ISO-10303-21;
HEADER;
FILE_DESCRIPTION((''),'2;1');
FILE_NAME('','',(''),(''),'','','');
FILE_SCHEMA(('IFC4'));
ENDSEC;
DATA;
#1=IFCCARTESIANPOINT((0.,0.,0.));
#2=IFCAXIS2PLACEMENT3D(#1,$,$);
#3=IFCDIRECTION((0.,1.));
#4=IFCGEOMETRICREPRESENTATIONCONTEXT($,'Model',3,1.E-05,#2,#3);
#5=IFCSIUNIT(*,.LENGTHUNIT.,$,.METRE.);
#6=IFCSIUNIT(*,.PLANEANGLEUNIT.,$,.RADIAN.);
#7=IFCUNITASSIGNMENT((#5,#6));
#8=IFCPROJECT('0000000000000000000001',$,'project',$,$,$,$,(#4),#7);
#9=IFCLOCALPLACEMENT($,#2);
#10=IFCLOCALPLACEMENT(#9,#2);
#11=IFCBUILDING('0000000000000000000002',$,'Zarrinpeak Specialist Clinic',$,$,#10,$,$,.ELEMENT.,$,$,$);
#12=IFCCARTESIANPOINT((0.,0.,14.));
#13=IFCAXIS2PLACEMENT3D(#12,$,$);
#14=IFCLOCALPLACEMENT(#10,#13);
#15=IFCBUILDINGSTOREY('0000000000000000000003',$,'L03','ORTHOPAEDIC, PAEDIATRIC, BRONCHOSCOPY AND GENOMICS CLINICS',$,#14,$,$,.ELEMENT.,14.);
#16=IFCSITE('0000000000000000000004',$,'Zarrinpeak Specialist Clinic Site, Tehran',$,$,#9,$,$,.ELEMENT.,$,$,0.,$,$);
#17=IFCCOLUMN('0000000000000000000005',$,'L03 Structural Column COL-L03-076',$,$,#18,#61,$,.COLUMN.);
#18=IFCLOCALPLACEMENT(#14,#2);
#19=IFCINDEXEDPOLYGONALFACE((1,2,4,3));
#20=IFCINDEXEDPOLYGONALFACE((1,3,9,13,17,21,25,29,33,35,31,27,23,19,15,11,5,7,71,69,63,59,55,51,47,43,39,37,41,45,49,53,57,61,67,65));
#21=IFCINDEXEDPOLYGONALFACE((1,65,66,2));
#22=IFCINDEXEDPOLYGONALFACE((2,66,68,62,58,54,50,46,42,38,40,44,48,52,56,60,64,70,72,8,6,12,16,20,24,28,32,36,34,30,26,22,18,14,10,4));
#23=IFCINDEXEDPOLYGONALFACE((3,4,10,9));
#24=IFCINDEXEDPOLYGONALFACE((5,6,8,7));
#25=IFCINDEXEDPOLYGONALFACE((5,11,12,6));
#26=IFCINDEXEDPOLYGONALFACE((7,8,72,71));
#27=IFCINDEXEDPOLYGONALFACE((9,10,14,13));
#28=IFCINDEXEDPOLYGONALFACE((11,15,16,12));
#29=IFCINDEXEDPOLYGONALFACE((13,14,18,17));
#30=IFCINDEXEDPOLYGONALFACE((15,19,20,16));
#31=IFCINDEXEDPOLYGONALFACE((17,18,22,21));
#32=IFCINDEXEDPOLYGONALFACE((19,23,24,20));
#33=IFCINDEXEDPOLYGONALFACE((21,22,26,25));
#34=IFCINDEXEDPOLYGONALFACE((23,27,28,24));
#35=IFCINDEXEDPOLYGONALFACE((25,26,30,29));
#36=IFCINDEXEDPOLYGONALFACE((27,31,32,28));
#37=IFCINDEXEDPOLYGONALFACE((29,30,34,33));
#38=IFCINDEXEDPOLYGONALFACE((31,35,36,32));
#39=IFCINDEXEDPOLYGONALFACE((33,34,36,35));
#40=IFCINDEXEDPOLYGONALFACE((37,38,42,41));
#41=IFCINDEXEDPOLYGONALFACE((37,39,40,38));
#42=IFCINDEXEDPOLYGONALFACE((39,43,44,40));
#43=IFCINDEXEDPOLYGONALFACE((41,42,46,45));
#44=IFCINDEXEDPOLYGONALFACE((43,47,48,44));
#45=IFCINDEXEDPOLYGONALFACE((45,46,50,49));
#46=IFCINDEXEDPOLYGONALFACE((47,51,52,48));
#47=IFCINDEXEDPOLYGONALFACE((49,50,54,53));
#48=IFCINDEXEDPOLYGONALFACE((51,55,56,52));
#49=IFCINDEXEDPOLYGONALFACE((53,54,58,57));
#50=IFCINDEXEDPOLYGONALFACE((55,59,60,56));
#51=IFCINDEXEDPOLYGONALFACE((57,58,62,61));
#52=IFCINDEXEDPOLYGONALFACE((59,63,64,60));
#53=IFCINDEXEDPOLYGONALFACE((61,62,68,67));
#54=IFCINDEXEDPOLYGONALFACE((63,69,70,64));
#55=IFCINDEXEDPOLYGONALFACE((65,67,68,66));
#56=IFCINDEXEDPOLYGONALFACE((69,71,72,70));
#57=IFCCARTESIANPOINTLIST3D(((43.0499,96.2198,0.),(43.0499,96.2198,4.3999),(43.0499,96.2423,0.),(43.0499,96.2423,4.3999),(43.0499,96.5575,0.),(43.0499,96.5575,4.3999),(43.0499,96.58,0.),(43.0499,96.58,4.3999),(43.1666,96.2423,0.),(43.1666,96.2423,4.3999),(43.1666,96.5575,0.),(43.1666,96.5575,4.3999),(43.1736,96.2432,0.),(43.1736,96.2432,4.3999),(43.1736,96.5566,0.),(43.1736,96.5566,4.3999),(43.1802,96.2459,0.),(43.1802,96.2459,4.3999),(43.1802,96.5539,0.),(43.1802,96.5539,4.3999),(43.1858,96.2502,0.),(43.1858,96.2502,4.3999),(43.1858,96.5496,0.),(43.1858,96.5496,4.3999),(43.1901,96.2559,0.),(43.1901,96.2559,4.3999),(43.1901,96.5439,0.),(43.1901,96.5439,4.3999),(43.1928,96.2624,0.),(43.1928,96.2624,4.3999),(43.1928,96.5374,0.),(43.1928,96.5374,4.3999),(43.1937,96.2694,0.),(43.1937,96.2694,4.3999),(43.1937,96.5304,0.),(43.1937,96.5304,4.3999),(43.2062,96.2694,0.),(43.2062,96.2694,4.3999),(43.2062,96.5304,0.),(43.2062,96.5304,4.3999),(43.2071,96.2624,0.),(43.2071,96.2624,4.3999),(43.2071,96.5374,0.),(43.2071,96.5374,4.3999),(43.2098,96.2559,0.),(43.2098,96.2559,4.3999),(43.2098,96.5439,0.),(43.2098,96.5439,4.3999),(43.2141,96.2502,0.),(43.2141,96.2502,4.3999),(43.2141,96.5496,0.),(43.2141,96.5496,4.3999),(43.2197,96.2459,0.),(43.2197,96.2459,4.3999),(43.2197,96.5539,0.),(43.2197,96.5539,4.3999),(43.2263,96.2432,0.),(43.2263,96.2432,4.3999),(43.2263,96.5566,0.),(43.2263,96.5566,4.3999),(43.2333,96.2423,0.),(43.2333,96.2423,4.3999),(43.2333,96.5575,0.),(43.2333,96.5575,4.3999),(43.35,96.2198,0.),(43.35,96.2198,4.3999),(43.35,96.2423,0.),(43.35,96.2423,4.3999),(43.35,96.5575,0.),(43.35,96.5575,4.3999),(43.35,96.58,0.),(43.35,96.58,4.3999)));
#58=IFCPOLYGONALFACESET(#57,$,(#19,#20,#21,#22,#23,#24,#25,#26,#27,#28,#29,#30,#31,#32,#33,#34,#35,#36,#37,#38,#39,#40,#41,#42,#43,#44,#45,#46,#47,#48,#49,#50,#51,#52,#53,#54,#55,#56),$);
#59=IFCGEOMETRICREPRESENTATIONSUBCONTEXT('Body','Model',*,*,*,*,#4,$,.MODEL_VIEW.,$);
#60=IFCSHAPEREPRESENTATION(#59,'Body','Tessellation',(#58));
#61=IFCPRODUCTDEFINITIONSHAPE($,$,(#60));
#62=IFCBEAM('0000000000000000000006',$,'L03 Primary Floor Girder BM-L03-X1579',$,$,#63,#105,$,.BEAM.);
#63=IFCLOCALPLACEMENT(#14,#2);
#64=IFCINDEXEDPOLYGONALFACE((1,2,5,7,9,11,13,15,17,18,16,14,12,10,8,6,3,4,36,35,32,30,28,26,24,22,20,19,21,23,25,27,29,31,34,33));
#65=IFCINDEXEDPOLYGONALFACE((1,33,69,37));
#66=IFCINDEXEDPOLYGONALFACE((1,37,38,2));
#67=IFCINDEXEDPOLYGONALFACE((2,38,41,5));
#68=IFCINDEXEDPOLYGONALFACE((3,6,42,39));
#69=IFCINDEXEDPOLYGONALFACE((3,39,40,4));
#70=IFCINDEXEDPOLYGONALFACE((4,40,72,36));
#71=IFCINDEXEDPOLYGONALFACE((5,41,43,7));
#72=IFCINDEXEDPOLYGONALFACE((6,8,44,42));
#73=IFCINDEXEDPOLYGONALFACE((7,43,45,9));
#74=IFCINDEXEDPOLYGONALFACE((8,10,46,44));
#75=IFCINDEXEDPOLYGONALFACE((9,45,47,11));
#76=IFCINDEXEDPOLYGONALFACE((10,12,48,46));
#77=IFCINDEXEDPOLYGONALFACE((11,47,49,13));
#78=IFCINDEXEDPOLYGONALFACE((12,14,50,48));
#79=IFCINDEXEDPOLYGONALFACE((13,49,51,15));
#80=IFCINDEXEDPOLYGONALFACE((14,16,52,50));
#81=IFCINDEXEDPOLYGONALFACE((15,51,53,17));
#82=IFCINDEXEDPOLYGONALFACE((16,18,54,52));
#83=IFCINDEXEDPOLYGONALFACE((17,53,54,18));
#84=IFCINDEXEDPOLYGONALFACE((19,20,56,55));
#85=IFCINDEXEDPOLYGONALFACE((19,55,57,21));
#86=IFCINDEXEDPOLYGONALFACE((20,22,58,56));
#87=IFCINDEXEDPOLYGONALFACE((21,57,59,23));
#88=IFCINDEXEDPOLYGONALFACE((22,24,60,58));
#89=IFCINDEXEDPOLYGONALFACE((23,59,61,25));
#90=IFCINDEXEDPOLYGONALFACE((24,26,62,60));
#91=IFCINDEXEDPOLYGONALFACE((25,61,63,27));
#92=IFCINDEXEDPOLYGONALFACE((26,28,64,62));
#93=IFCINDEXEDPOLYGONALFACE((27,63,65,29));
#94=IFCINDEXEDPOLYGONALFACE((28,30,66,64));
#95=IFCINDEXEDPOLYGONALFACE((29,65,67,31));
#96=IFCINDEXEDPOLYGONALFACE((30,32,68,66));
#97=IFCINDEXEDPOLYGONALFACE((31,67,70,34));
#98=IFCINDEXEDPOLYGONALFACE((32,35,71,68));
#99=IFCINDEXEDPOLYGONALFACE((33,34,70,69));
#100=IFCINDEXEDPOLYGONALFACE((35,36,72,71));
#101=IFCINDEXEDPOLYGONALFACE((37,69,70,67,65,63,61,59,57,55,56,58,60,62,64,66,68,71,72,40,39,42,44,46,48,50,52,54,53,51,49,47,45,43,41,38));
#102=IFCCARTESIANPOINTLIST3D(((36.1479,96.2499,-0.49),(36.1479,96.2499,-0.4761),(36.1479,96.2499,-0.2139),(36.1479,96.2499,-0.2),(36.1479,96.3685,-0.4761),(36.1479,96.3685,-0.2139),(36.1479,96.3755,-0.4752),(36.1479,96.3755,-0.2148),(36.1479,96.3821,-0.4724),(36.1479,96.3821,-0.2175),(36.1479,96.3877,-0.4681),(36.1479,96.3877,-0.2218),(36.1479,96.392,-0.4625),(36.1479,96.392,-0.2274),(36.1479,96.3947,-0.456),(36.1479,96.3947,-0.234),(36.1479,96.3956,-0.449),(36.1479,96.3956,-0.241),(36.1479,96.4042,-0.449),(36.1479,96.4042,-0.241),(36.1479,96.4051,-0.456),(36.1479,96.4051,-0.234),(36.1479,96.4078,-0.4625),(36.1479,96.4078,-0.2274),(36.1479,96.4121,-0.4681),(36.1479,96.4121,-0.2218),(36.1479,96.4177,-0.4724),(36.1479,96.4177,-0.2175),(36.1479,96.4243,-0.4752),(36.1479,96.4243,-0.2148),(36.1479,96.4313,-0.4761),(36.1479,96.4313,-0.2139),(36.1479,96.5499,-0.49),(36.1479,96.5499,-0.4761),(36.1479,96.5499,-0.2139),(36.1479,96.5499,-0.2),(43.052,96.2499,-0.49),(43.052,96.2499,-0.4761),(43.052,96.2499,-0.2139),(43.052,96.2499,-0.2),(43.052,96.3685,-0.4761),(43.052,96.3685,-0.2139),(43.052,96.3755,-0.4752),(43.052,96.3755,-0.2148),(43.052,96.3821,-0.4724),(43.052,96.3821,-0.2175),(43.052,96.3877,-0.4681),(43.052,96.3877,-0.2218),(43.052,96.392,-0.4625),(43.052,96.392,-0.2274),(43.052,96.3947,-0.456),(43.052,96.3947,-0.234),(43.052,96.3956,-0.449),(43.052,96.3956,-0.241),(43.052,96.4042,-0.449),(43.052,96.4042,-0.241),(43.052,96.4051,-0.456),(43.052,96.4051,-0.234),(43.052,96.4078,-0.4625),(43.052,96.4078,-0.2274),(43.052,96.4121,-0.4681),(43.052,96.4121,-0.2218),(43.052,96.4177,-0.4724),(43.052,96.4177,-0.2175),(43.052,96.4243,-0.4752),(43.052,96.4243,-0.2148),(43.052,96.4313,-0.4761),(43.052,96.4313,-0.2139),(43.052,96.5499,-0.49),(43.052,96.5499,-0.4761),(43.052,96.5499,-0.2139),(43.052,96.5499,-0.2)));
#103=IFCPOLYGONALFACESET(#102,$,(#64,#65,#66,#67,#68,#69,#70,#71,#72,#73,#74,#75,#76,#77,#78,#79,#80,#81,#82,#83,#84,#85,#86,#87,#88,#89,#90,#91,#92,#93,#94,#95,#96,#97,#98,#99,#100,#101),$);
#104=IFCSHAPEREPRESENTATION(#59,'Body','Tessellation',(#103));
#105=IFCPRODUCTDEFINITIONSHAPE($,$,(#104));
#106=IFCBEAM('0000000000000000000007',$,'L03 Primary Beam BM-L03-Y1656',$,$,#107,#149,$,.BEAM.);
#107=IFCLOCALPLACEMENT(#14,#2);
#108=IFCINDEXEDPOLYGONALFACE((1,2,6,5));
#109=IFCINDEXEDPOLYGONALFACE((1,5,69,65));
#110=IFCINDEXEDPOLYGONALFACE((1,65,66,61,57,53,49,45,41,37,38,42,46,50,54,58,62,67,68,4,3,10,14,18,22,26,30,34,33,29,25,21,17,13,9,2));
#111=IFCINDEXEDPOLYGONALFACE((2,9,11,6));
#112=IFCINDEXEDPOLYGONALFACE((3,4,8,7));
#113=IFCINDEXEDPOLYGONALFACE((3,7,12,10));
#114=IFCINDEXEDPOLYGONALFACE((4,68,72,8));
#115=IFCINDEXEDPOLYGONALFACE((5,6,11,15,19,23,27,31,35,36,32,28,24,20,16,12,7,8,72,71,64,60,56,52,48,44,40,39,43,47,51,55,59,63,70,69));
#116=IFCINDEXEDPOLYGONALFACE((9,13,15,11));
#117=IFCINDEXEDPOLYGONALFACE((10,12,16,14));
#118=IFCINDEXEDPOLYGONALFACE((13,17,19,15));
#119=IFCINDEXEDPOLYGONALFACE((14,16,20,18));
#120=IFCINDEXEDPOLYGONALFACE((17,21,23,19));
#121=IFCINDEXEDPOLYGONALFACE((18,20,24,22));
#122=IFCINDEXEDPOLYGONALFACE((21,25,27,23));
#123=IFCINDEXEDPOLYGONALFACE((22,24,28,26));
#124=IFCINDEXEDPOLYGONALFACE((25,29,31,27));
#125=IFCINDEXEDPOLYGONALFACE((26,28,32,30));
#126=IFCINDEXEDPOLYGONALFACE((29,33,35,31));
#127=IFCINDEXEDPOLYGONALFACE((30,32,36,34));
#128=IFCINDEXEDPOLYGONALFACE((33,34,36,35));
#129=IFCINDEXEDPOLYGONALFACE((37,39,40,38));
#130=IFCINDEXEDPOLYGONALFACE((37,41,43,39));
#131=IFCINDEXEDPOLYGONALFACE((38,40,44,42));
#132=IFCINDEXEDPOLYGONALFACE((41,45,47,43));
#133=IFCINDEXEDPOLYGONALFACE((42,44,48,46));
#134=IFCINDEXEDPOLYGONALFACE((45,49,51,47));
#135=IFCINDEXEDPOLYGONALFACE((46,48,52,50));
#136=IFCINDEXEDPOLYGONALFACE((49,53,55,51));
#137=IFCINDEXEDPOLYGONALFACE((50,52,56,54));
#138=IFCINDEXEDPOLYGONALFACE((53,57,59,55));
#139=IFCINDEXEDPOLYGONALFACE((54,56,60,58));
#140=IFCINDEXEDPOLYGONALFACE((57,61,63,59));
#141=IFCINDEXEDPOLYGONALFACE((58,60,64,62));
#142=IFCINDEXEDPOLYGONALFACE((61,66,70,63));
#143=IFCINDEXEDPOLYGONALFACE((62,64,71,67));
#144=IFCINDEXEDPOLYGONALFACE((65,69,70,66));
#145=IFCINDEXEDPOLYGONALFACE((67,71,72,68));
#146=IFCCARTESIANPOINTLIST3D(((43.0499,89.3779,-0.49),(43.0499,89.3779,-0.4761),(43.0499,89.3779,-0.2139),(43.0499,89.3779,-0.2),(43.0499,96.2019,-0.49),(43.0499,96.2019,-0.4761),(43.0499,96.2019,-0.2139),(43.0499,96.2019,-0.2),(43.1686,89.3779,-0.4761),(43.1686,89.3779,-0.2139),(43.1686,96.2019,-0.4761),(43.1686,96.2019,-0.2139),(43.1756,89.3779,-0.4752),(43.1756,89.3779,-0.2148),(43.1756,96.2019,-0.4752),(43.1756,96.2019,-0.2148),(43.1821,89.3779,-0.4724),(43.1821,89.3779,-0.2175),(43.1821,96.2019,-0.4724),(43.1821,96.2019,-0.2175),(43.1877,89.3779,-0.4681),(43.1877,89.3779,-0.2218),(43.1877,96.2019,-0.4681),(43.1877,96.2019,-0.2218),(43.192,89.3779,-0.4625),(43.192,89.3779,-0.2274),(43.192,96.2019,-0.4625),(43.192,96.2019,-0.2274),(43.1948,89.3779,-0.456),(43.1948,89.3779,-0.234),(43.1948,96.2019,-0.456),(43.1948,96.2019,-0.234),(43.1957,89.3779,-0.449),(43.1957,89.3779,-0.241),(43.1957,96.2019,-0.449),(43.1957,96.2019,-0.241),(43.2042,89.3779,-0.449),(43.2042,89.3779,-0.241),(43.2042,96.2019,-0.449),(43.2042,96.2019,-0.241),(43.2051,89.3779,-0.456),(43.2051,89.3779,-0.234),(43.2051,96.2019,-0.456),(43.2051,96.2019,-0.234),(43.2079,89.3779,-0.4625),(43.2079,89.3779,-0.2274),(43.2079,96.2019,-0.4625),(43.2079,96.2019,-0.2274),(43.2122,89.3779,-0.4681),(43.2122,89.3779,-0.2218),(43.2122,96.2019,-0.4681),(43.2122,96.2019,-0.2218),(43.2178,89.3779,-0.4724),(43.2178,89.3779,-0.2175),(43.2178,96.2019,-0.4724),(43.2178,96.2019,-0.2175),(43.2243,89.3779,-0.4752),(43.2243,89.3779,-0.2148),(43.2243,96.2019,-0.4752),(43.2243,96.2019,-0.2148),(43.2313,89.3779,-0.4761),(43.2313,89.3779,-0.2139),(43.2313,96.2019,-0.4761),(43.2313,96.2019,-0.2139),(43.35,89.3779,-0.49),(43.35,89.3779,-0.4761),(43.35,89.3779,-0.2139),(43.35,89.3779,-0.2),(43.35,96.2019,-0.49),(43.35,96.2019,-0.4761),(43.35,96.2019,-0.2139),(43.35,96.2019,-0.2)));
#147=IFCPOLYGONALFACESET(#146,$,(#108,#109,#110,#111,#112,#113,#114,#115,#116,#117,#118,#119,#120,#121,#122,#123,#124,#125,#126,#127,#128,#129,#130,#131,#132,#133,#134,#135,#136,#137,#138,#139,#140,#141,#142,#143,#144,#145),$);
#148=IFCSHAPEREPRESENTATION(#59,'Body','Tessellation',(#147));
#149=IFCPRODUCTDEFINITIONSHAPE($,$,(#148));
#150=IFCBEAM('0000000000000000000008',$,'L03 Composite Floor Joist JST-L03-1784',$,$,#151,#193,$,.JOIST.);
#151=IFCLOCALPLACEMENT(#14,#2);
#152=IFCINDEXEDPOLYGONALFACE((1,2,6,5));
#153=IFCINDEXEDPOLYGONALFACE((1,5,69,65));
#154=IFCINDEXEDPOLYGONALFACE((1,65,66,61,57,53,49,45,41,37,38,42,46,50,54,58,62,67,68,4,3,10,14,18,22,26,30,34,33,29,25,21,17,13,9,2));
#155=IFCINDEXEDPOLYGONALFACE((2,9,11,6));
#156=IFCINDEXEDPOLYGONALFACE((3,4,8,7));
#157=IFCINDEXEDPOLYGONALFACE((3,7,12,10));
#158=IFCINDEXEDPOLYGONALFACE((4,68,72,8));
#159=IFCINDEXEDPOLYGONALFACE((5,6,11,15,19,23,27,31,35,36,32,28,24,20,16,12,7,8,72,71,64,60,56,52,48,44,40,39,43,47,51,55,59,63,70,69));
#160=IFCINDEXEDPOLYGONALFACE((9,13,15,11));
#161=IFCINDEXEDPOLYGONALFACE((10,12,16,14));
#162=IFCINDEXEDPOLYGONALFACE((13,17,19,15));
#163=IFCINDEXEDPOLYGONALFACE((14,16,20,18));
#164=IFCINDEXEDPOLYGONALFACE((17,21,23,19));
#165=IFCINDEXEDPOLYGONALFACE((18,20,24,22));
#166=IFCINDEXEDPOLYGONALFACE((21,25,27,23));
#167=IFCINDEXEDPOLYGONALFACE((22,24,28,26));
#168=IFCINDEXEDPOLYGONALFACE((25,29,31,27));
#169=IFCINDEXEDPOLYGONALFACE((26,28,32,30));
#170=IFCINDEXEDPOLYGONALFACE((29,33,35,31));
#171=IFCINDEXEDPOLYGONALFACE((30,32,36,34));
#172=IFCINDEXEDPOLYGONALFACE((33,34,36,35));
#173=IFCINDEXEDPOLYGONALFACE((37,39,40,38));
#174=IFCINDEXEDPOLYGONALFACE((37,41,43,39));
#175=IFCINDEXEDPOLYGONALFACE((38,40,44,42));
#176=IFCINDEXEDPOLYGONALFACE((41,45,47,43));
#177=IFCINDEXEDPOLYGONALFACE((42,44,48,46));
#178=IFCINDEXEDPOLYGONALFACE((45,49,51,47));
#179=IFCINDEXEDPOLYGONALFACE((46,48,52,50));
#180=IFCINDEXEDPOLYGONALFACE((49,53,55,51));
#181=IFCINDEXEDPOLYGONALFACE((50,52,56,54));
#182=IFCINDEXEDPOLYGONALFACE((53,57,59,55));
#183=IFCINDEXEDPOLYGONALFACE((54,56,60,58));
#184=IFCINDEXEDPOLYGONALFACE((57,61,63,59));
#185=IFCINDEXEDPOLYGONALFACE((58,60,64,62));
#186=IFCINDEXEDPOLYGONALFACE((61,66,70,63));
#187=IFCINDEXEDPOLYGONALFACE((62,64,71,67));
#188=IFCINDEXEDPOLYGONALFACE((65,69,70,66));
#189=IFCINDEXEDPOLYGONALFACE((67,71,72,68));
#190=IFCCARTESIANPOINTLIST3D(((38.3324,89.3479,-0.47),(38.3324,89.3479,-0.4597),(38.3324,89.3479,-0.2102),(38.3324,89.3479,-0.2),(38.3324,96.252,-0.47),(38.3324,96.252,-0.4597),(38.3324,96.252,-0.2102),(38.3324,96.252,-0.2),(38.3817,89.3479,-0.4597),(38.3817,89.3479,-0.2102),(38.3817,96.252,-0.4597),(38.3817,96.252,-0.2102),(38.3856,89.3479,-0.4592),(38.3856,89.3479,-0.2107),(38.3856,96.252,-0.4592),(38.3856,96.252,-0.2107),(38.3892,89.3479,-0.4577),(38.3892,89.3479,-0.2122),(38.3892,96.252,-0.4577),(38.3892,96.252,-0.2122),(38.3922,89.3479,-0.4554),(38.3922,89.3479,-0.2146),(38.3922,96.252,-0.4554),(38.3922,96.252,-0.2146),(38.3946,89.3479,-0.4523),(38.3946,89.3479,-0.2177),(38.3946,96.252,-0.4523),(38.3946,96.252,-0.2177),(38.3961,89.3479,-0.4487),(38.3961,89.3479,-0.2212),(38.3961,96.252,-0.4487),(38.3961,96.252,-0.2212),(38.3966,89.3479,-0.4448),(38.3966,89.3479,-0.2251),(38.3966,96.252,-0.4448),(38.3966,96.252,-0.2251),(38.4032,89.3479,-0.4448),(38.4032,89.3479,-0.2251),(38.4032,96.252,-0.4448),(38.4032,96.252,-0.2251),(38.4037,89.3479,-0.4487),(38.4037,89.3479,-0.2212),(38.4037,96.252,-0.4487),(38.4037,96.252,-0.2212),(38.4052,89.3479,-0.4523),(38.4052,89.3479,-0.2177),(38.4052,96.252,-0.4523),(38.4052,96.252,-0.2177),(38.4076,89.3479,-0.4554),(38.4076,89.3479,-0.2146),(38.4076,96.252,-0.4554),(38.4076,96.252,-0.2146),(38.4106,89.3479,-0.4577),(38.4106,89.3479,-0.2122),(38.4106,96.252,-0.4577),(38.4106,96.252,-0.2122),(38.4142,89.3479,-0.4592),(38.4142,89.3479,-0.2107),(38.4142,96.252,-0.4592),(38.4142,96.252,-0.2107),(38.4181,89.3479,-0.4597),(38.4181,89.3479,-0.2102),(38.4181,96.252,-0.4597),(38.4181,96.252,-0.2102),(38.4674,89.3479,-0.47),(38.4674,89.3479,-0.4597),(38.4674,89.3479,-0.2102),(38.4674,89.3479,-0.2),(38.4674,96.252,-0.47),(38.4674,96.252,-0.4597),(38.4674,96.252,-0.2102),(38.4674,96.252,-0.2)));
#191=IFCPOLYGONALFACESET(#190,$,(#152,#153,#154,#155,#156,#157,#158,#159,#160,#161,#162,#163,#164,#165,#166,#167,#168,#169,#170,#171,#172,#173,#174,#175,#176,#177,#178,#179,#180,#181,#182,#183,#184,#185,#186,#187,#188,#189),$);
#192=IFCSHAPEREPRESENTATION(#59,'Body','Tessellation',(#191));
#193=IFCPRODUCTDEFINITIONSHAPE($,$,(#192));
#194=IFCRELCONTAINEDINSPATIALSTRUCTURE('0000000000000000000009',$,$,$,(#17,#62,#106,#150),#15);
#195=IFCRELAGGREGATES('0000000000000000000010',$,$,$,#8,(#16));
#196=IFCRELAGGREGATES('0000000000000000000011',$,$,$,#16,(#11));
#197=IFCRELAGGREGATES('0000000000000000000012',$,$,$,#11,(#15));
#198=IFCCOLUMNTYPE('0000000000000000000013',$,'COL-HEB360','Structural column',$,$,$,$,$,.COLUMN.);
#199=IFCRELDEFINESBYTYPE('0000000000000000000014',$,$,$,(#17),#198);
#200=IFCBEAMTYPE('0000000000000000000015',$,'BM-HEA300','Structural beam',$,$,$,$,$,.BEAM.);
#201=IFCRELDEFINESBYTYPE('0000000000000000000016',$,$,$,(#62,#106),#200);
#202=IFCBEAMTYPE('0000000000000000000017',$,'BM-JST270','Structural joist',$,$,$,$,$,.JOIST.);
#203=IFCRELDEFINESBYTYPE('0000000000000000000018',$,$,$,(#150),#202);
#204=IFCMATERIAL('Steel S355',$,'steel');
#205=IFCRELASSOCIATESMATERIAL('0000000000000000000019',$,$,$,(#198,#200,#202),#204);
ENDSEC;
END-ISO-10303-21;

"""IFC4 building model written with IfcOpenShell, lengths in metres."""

from ifc_helpers import new_model, si_unit, direction, frame, origin, origin_2d, place, context, subcontext, project, spatial, i_section, extrude, material, material_profile, profile_set, type_object, element, save


model = new_model("IFC4")

# Units and contexts
model_context = context("Model", 3, precision=1e-05, world=origin(), true_north=direction((0.0, 1.0)))
body_context = subcontext(model_context, "Body", "Model", "MODEL_VIEW")
ifc_project = project(units=[si_unit("LENGTHUNIT", "METRE"), si_unit("PLANEANGLEUNIT", "RADIAN")], contexts=[model_context])

# Site, building, storey
site_placement = place(None, origin())
site = spatial("IfcSite", under=ifc_project, at=site_placement, Name="Zarrinpeak Specialist Clinic Site, Tehran", CompositionType="ELEMENT", RefElevation=0.0)
building_placement = place(site_placement, origin())
building = spatial("IfcBuilding", under=site, at=building_placement, Name="Zarrinpeak Specialist Clinic", CompositionType="ELEMENT")
storey_placement = place(building_placement, frame((0.0, 0.0, 14.0)))
storey = spatial("IfcBuildingStorey", under=building, at=storey_placement, Name="L03", Description="ORTHOPAEDIC, PAEDIATRIC, BRONCHOSCOPY AND GENOMICS CLINICS", CompositionType="ELEMENT", Elevation=14.0)

# Column
ifc_material_1 = material(Name="Steel S355", Category="steel")
ifc_material_profile_1 = material_profile(ifc_material_1, i_section(OverallWidth=0.3, OverallDepth=0.3601, WebThickness=0.0125, FlangeThickness=0.0225, FilletRadius=0.0271, at=origin_2d()), Name="HEB 360")
ifc_profile_set_1 = profile_set([ifc_material_profile_1], Name="Steel S355")
column_type = type_object("IfcColumnType", Name="COL-HEB360", Description="Structural column", PredefinedType="COLUMN", material=ifc_profile_set_1)
column_placement = place(storey_placement, frame((43.2, 96.3999, 0.0), z_axis=(0.0, 0.0, 1.0), x_axis=(1.0, 0.0, 0.0)))
element("IfcColumn", 1, at=column_placement, inside=storey, type_object=column_type, Name="L03 Structural Column COL-L03-076", PredefinedType="COLUMN", context=body_context, shape_type="SweptSolid", body=[
    extrude(i_section(OverallWidth=0.3, OverallDepth=0.3601, WebThickness=0.0125, FlangeThickness=0.0225, FilletRadius=0.0271, at=origin_2d()), origin(), (0.0, 0.0, 1.0), 4.3999),
])

# Beams
ifc_material_profile_2 = material_profile(ifc_material_1, i_section(OverallWidth=0.3, OverallDepth=0.29, WebThickness=0.0085, FlangeThickness=0.0139, FilletRadius=0.0271, at=origin_2d()), Name="HEA 300")
ifc_profile_set_2 = profile_set([ifc_material_profile_2], Name="Steel S355")
beam_type_1 = type_object("IfcBeamType", Name="BM-HEA300", Description="Structural beam", PredefinedType="BEAM", material=ifc_profile_set_2)
beam_1_placement = place(storey_placement, frame((36.1479, 96.3999, -0.345), z_axis=(1.0, 0.0, 0.0), x_axis=(0.0, 1.0, 0.0)))
element("IfcBeam", 2, at=beam_1_placement, inside=storey, type_object=beam_type_1, Name="L03 Primary Floor Girder BM-L03-X1579", PredefinedType="BEAM", context=body_context, shape_type="SweptSolid", body=[
    extrude(i_section(OverallWidth=0.3, OverallDepth=0.29, WebThickness=0.0085, FlangeThickness=0.0139, FilletRadius=0.0271, at=origin_2d()), origin(), (0.0, 0.0, 1.0), 6.9041),
])
beam_2_placement = place(storey_placement, frame((43.2, 89.3779, -0.345), z_axis=(0.0, 1.0, 0.0), x_axis=(-1.0, 0.0, 0.0)))
element("IfcBeam", 3, at=beam_2_placement, inside=storey, type_object=beam_type_1, Name="L03 Primary Beam BM-L03-Y1656", PredefinedType="BEAM", context=body_context, shape_type="SweptSolid", body=[
    extrude(i_section(OverallWidth=0.3, OverallDepth=0.29, WebThickness=0.0085, FlangeThickness=0.0139, FilletRadius=0.0271, at=origin_2d()), origin(), (0.0, 0.0, 1.0), 6.824),
])
ifc_material_profile_3 = material_profile(ifc_material_1, i_section(OverallWidth=0.135, OverallDepth=0.27, WebThickness=0.0066, FlangeThickness=0.0103, FilletRadius=0.0149, at=origin_2d()), Name="IPE 270")
ifc_profile_set_3 = profile_set([ifc_material_profile_3], Name="Steel S355")
beam_type_2 = type_object("IfcBeamType", Name="BM-JST270", Description="Structural joist", PredefinedType="JOIST", material=ifc_profile_set_3)
for number, where, z_axis, x_axis, name in (
    (4, (38.3999, 89.3479, -0.335), (0.0, 1.0, 0.0), (-1.0, 0.0, 0.0), "L03 Composite Floor Joist JST-L03-1784"),
):
    element("IfcBeam", number, at=place(storey_placement, frame(where, z_axis=z_axis, x_axis=x_axis)), inside=storey, type_object=beam_type_2, Name=name, PredefinedType="JOIST", context=body_context, shape_type="SweptSolid", body=[
        extrude(i_section(OverallWidth=0.135, OverallDepth=0.27, WebThickness=0.0066, FlangeThickness=0.0103, FilletRadius=0.0149, at=origin_2d()), origin(), (0.0, 0.0, 1.0), 6.9041),
    ])

save(model, "model.ifc")
